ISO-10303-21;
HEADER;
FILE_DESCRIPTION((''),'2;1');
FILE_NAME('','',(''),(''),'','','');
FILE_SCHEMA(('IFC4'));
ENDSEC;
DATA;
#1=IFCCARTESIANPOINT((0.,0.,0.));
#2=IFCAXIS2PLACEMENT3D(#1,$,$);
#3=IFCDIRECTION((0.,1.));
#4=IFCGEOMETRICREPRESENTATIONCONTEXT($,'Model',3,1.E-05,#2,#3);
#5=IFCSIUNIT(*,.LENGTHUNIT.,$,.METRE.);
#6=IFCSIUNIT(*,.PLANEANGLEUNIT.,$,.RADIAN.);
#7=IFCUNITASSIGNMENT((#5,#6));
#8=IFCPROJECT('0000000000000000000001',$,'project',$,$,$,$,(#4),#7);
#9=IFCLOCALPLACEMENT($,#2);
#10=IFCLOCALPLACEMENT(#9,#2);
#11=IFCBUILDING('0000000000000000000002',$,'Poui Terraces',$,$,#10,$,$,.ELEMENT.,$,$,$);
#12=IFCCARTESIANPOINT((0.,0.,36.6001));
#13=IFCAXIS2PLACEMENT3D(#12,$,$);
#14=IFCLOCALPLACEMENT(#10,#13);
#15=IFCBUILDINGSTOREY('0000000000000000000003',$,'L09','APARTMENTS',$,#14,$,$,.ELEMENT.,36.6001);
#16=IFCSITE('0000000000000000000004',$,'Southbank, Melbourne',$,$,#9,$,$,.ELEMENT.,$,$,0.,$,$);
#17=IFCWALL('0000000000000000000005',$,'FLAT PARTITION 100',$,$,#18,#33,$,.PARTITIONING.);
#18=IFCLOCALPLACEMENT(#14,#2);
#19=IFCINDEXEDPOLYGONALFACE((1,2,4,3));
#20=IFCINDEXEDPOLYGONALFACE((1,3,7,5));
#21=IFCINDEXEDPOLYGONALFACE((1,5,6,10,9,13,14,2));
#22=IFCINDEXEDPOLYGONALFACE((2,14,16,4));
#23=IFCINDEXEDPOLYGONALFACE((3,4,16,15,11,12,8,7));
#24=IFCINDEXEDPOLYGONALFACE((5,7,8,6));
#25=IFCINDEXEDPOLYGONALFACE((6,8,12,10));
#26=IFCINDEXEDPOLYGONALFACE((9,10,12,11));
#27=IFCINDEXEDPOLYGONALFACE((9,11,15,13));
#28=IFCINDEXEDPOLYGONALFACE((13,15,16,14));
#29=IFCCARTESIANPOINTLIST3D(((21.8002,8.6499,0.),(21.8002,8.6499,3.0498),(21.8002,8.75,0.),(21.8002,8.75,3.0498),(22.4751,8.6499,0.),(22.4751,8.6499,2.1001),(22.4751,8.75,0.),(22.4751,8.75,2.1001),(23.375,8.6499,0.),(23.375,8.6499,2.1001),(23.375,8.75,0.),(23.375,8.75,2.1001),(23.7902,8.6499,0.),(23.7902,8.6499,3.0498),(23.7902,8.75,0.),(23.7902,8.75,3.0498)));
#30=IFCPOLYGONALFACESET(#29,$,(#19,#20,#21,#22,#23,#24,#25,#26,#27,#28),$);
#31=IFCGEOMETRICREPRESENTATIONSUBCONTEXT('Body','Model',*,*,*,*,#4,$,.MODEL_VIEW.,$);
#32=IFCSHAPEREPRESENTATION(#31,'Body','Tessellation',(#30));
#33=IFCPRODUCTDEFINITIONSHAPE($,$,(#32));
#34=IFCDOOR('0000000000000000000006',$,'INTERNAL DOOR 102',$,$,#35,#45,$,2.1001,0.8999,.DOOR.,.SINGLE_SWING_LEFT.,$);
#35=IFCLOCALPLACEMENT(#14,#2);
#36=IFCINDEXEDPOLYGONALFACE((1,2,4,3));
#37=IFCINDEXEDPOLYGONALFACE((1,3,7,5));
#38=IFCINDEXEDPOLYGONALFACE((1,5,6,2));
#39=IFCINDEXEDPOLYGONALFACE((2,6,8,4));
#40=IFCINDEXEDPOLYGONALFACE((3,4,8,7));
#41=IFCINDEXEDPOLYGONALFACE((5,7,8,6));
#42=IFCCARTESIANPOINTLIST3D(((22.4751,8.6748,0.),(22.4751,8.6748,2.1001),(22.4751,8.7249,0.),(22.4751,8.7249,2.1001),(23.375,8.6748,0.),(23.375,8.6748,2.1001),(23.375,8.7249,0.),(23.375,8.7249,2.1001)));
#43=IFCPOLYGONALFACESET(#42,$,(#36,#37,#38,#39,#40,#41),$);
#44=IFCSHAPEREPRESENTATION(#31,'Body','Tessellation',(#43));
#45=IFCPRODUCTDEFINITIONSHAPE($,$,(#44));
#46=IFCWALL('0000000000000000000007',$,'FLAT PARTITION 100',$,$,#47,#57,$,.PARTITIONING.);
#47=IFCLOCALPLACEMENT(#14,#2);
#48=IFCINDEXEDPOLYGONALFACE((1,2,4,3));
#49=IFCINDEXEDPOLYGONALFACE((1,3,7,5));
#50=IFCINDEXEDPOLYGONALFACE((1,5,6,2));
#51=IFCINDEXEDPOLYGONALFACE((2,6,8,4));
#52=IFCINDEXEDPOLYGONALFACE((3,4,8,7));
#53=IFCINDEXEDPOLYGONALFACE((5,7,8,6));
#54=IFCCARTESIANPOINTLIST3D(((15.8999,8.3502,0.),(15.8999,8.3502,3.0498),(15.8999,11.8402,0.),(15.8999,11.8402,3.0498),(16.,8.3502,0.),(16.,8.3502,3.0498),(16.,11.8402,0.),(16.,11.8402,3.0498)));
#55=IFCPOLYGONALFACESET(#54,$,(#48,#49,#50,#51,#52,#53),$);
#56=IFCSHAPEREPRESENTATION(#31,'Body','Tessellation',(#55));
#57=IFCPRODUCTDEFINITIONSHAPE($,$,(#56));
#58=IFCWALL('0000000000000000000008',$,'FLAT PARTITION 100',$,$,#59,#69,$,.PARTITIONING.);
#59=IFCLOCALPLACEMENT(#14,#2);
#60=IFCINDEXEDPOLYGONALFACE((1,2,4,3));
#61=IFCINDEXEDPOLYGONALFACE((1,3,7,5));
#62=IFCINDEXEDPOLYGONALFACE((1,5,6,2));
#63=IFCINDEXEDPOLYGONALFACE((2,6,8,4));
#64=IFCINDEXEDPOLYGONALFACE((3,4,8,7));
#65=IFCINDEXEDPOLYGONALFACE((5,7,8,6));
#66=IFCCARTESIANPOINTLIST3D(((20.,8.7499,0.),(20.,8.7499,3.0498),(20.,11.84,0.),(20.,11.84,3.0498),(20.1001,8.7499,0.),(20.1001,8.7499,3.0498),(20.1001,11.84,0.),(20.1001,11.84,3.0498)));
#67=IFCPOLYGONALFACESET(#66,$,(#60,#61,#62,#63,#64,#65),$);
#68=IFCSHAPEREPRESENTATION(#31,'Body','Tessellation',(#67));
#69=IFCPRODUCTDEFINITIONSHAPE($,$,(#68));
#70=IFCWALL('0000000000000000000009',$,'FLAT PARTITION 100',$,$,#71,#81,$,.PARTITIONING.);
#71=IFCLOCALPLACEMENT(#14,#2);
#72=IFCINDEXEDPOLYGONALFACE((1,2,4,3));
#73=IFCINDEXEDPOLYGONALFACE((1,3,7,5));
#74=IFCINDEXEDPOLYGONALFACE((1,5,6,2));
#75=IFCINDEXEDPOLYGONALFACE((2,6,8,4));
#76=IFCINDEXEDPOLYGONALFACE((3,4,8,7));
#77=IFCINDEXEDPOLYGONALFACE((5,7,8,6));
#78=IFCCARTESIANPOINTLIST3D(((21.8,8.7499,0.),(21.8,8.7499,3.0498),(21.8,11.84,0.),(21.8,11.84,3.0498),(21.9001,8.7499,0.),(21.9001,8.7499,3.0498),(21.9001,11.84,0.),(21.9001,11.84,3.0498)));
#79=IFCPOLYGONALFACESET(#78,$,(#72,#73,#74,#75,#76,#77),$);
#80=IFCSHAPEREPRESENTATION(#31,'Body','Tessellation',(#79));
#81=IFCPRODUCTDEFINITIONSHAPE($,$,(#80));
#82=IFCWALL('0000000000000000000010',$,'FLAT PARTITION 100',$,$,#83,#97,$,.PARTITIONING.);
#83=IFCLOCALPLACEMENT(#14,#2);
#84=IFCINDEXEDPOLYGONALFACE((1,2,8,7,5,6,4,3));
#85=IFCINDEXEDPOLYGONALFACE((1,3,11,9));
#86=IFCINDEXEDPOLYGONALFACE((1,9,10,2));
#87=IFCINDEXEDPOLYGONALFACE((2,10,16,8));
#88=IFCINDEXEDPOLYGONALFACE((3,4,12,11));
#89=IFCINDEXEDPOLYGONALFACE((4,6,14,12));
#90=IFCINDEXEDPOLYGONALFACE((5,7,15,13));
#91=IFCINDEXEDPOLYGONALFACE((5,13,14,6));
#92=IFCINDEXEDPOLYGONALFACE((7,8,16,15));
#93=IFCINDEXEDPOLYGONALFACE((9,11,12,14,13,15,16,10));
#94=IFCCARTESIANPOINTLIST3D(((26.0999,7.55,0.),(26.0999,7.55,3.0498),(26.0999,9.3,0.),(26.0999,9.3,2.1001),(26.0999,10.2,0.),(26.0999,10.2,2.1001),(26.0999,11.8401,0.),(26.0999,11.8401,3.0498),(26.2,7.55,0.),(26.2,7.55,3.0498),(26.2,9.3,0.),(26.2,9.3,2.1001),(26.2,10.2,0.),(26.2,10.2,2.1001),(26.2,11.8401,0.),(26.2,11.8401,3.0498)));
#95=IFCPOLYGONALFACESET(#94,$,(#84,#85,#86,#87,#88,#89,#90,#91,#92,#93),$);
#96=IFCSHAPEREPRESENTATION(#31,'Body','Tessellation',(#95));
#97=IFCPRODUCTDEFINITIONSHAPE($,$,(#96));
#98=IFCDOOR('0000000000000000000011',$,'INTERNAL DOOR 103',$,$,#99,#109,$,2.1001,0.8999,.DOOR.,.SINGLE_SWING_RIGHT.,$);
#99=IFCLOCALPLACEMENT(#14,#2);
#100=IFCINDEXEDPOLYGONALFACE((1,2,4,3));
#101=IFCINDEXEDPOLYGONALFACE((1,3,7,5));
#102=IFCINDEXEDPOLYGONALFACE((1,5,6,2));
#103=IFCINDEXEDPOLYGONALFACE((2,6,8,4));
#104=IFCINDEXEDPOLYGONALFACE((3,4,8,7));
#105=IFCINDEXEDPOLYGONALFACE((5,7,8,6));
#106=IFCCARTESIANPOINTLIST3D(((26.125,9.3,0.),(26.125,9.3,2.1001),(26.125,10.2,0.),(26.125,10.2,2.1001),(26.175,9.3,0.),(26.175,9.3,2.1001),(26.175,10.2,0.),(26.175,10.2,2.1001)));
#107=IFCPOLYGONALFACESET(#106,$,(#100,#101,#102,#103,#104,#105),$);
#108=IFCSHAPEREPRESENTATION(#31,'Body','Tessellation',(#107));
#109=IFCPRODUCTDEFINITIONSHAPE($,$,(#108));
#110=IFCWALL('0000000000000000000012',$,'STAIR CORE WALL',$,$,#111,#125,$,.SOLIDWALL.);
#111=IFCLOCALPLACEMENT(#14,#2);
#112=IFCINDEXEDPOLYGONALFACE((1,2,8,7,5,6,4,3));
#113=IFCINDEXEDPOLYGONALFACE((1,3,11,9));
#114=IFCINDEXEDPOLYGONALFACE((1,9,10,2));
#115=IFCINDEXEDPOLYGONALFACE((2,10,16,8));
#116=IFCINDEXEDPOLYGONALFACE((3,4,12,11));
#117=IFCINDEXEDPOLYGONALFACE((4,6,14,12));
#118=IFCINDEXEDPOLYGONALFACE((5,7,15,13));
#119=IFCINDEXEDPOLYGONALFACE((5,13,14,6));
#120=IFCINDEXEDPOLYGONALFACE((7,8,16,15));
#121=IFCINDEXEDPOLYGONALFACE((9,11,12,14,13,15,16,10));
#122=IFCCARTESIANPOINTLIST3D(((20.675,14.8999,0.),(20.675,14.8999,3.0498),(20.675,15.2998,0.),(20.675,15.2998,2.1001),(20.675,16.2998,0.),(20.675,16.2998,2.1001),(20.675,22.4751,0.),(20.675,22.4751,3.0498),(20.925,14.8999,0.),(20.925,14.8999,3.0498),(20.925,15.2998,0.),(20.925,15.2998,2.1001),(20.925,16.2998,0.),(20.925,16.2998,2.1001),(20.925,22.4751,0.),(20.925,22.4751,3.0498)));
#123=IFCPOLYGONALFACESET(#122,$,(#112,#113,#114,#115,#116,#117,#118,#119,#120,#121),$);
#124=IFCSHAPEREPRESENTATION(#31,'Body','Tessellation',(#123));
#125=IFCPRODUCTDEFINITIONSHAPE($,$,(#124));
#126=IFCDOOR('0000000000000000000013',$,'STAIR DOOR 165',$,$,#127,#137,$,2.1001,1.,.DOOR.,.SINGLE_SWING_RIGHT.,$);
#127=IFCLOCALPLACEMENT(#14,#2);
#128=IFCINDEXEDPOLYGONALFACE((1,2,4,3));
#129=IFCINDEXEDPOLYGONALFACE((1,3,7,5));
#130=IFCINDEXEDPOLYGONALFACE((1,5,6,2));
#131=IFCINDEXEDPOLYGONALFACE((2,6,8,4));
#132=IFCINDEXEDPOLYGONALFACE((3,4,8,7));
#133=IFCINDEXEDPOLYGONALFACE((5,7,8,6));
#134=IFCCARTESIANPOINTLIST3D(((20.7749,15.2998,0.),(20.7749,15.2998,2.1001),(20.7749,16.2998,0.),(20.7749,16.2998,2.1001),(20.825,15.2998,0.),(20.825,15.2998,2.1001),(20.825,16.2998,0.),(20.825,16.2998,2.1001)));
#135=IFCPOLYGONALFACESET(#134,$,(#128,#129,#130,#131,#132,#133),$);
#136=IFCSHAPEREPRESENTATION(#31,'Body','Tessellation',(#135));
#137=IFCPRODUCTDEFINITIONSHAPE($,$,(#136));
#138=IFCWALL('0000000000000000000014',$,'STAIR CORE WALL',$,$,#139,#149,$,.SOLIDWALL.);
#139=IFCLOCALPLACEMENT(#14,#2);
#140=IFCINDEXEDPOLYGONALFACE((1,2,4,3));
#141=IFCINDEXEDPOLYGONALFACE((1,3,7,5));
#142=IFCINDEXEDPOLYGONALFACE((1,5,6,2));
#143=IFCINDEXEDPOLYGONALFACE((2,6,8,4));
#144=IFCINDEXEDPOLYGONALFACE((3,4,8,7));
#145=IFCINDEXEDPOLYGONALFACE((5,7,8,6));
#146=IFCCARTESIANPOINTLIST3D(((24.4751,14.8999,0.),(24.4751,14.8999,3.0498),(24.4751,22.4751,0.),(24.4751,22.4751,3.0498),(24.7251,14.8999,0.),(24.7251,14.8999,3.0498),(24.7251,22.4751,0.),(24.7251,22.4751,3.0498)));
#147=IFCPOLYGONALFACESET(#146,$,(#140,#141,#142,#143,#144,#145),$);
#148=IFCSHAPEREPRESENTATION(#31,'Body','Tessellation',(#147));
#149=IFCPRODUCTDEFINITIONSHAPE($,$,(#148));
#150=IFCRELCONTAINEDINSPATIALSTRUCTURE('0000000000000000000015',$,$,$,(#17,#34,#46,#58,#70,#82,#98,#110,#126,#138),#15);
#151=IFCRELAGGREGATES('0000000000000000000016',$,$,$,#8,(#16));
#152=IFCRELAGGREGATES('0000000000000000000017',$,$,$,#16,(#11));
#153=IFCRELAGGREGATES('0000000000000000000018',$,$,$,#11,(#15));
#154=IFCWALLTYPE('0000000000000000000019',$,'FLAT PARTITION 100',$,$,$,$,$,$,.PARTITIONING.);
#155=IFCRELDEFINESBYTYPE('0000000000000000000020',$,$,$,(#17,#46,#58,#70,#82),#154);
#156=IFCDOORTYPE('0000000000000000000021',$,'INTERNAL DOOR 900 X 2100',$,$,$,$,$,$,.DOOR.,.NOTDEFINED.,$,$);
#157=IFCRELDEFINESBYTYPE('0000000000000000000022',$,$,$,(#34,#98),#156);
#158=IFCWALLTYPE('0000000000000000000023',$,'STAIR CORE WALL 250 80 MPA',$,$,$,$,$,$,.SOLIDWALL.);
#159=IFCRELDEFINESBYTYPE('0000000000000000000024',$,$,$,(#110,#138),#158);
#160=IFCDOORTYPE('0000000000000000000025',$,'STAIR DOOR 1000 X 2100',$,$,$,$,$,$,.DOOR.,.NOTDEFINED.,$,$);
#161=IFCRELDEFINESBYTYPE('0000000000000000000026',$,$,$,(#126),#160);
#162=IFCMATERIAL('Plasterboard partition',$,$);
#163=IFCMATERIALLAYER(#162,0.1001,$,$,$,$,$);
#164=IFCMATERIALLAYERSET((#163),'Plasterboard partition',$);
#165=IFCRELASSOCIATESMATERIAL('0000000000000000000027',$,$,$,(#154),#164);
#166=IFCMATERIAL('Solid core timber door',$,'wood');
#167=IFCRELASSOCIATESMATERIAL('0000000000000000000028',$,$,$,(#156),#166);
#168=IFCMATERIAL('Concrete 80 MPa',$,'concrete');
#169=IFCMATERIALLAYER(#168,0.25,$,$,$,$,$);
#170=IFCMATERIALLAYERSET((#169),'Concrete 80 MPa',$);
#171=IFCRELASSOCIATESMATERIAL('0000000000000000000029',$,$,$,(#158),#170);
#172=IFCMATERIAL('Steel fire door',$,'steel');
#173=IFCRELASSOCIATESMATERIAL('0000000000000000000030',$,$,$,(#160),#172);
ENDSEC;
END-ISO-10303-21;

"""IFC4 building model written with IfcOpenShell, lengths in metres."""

from ifc_helpers import new_model, si_unit, direction, frame, frame_2d, origin, place, context, subcontext, project, spatial, rectangle, extrude, material, layer, layer_set, type_object, element, fill, save


model = new_model("IFC4")

# Units and contexts
model_context = context("Model", 3, precision=1e-05, world=origin(), true_north=direction((0.0, 1.0)))
body_context = subcontext(model_context, "Body", "Model", "MODEL_VIEW")
ifc_project = project(units=[si_unit("LENGTHUNIT", "METRE"), si_unit("PLANEANGLEUNIT", "RADIAN")], contexts=[model_context])

# Site, building, storey
site_placement = place(None, origin())
site = spatial("IfcSite", under=ifc_project, at=site_placement, Name="Southbank, Melbourne", CompositionType="ELEMENT", RefElevation=0.0)
building_placement = place(site_placement, origin())
building = spatial("IfcBuilding", under=site, at=building_placement, Name="Poui Terraces", CompositionType="ELEMENT")
storey_placement = place(building_placement, frame((0.0, 0.0, 36.6001)))
storey = spatial("IfcBuildingStorey", under=building, at=storey_placement, Name="L09", Description="APARTMENTS", CompositionType="ELEMENT", Elevation=36.6001)

# Shared definitions
ifc_material_1 = material(Name="Concrete 80 MPa", Category="concrete")

# Shared definitions
ifc_material_2 = material(Name="Steel fire door", Category="steel")

# Shared definitions
ifc_material_3 = material(Name="Plasterboard partition")
ifc_layer_1 = layer(ifc_material_3, 0.1001)
ifc_layer_set_1 = layer_set([ifc_layer_1], Name="Plasterboard partition")
wall_type_1 = type_object("IfcWallType", Name="FLAT PARTITION 100", PredefinedType="PARTITIONING", material=ifc_layer_set_1)

# Wall, opening, door
ifc_material_4 = material(Name="Solid core timber door", Category="wood")
wall_1_placement = place(storey_placement, frame((21.8, 8.7, 0.0), z_axis=(0.0, 0.0, 1.0), x_axis=(1.0, 0.0, 0.0)))
wall_1 = element("IfcWall", 1, at=wall_1_placement, inside=storey, type_object=wall_type_1, Name="FLAT PARTITION 100", PredefinedType="PARTITIONING", context=body_context, shape_type="SweptSolid", body=[
    extrude(rectangle(XDim=1.99, YDim=0.1001, at=frame_2d((0.9951, 0.0))), origin(), (0.0, 0.0, 1.0), 3.0498),
])
opening_1_placement = place(wall_1_placement, frame((0.675, 0.0, 0.0)))
opening_1 = element("IfcOpeningElement", 2, at=opening_1_placement, cuts=wall_1, PredefinedType="OPENING", context=body_context, shape_type="SweptSolid", body=[
    extrude(rectangle(XDim=0.8999, YDim=2.1001, at=frame_2d((0.45, 1.05))), frame((0.0, 0.0601, 0.0), z_axis=(0.0, -1.0, 0.0), x_axis=(1.0, 0.0, 0.0)), (0.0, 0.0, 1.0), 0.1201),
])
door_type_1 = type_object("IfcDoorType", Name="INTERNAL DOOR 900 X 2100", OperationType="NOTDEFINED", PredefinedType="DOOR", material=ifc_material_4)
door_1_placement = place(opening_1_placement, origin())
door_1 = element("IfcDoor", 3, at=door_1_placement, inside=storey, type_object=door_type_1, Name="INTERNAL DOOR 102", OperationType="SINGLE_SWING_LEFT", OverallHeight=2.1001, OverallWidth=0.8999, PredefinedType="DOOR", context=body_context, shape_type="SweptSolid", body=[
    extrude(rectangle(XDim=0.8999, YDim=2.1001, at=frame_2d((0.45, 1.05))), frame((0.0, 0.0249, 0.0), z_axis=(0.0, -1.0, 0.0), x_axis=(1.0, 0.0, 0.0)), (0.0, 0.0, 1.0), 0.05),
])
fill(opening_1, door_1)

# Walls
wall_2_placement = place(storey_placement, frame((15.95, 8.3501, 0.0), z_axis=(0.0, 0.0, 1.0), x_axis=(0.0, 1.0, 0.0)))
element("IfcWall", 4, at=wall_2_placement, inside=storey, type_object=wall_type_1, Name="FLAT PARTITION 100", PredefinedType="PARTITIONING", context=body_context, shape_type="SweptSolid", body=[
    extrude(rectangle(XDim=3.49, YDim=0.1001, at=frame_2d((1.7451, 0.0))), origin(), (0.0, 0.0, 1.0), 3.0498),
])
for number, where, z_axis, x_axis, name in (
    (5, (20.05, 8.75, 0.0), (0.0, 0.0, 1.0), (0.0, 1.0, 0.0), "FLAT PARTITION 100"),
    (6, (21.8501, 8.75, 0.0), (0.0, 0.0, 1.0), (0.0, 1.0, 0.0), "FLAT PARTITION 100"),
):
    element("IfcWall", number, at=place(storey_placement, frame(where, z_axis=z_axis, x_axis=x_axis)), inside=storey, type_object=wall_type_1, Name=name, PredefinedType="PARTITIONING", context=body_context, shape_type="SweptSolid", body=[
        extrude(rectangle(XDim=3.0901, YDim=0.1001, at=frame_2d((1.5449, 0.0))), origin(), (0.0, 0.0, 1.0), 3.0498),
    ])

# Walls, openings, doors
wall_3_placement = place(storey_placement, frame((26.1499, 7.55, 0.0), z_axis=(0.0, 0.0, 1.0), x_axis=(0.0, 1.0, 0.0)))
wall_3 = element("IfcWall", 7, at=wall_3_placement, inside=storey, type_object=wall_type_1, Name="FLAT PARTITION 100", PredefinedType="PARTITIONING", context=body_context, shape_type="SweptSolid", body=[
    extrude(rectangle(XDim=4.29, YDim=0.1001, at=frame_2d((2.145, 0.0))), origin(), (0.0, 0.0, 1.0), 3.0498),
])
opening_2_placement = place(wall_3_placement, frame((1.75, 0.0, 0.0)))
opening_2 = element("IfcOpeningElement", 8, at=opening_2_placement, cuts=wall_3, PredefinedType="OPENING", context=body_context, shape_type="SweptSolid", body=[
    extrude(rectangle(XDim=0.8999, YDim=2.1001, at=frame_2d((0.45, 1.05))), frame((0.0, 0.0601, 0.0), z_axis=(0.0, -1.0, 0.0), x_axis=(1.0, 0.0, 0.0)), (0.0, 0.0, 1.0), 0.1201),
])
door_2_placement = place(opening_2_placement, origin())
door_2 = element("IfcDoor", 9, at=door_2_placement, inside=storey, type_object=door_type_1, Name="INTERNAL DOOR 103", OperationType="SINGLE_SWING_RIGHT", OverallHeight=2.1001, OverallWidth=0.8999, PredefinedType="DOOR", context=body_context, shape_type="SweptSolid", body=[
    extrude(rectangle(XDim=0.8999, YDim=2.1001, at=frame_2d((0.45, 1.05))), frame((0.0, 0.0249, 0.0), z_axis=(0.0, -1.0, 0.0), x_axis=(1.0, 0.0, 0.0)), (0.0, 0.0, 1.0), 0.05),
])
fill(opening_2, door_2)
ifc_layer_2 = layer(ifc_material_1, 0.25)
ifc_layer_set_2 = layer_set([ifc_layer_2], Name="Concrete 80 MPa")
wall_type_2 = type_object("IfcWallType", Name="STAIR CORE WALL 250 80 MPA", PredefinedType="SOLIDWALL", material=ifc_layer_set_2)
wall_4_placement = place(storey_placement, frame((20.8, 14.8999, 0.0), z_axis=(0.0, 0.0, 1.0), x_axis=(0.0, 1.0, 0.0)))
wall_4 = element("IfcWall", 10, at=wall_4_placement, inside=storey, type_object=wall_type_2, Name="STAIR CORE WALL", PredefinedType="SOLIDWALL", context=body_context, shape_type="SweptSolid", body=[
    extrude(rectangle(XDim=7.5752, YDim=0.25, at=frame_2d((3.7876, 0.0))), origin(), (0.0, 0.0, 1.0), 3.0498),
])
opening_3_placement = place(wall_4_placement, frame((0.3999, 0.0, 0.0)))
opening_3 = element("IfcOpeningElement", 11, at=opening_3_placement, cuts=wall_4, PredefinedType="OPENING", context=body_context, shape_type="SweptSolid", body=[
    extrude(rectangle(XDim=1.0, YDim=2.1001, at=frame_2d((0.5, 1.05))), frame((0.0, 0.135, 0.0), z_axis=(0.0, -1.0, 0.0), x_axis=(1.0, 0.0, 0.0)), (0.0, 0.0, 1.0), 0.27),
])
door_type_2 = type_object("IfcDoorType", Name="STAIR DOOR 1000 X 2100", OperationType="NOTDEFINED", PredefinedType="DOOR", material=ifc_material_2)
door_3_placement = place(opening_3_placement, frame((1.0, 0.0, 0.0), z_axis=(0.0, 0.0, 1.0), x_axis=(-1.0, 0.0, 0.0)))
door_3 = element("IfcDoor", 12, at=door_3_placement, inside=storey, type_object=door_type_2, Name="STAIR DOOR 165", OperationType="SINGLE_SWING_RIGHT", OverallHeight=2.1001, OverallWidth=1.0, PredefinedType="DOOR", context=body_context, shape_type="SweptSolid", body=[
    extrude(rectangle(XDim=1.0, YDim=2.1001, at=frame_2d((0.5, 1.05))), frame((0.0, 0.0249, 0.0), z_axis=(0.0, -1.0, 0.0), x_axis=(1.0, 0.0, 0.0)), (0.0, 0.0, 1.0), 0.05),
])
fill(opening_3, door_3)

# Wall
wall_5_placement = place(storey_placement, frame((24.6001, 14.8999, 0.0), z_axis=(0.0, 0.0, 1.0), x_axis=(0.0, 1.0, 0.0)))
element("IfcWall", 13, at=wall_5_placement, inside=storey, type_object=wall_type_2, Name="STAIR CORE WALL", PredefinedType="SOLIDWALL", context=body_context, shape_type="SweptSolid", body=[
    extrude(rectangle(XDim=7.5752, YDim=0.25, at=frame_2d((3.7876, 0.0))), origin(), (0.0, 0.0, 1.0), 3.0498),
])

save(model, "model.ifc")
